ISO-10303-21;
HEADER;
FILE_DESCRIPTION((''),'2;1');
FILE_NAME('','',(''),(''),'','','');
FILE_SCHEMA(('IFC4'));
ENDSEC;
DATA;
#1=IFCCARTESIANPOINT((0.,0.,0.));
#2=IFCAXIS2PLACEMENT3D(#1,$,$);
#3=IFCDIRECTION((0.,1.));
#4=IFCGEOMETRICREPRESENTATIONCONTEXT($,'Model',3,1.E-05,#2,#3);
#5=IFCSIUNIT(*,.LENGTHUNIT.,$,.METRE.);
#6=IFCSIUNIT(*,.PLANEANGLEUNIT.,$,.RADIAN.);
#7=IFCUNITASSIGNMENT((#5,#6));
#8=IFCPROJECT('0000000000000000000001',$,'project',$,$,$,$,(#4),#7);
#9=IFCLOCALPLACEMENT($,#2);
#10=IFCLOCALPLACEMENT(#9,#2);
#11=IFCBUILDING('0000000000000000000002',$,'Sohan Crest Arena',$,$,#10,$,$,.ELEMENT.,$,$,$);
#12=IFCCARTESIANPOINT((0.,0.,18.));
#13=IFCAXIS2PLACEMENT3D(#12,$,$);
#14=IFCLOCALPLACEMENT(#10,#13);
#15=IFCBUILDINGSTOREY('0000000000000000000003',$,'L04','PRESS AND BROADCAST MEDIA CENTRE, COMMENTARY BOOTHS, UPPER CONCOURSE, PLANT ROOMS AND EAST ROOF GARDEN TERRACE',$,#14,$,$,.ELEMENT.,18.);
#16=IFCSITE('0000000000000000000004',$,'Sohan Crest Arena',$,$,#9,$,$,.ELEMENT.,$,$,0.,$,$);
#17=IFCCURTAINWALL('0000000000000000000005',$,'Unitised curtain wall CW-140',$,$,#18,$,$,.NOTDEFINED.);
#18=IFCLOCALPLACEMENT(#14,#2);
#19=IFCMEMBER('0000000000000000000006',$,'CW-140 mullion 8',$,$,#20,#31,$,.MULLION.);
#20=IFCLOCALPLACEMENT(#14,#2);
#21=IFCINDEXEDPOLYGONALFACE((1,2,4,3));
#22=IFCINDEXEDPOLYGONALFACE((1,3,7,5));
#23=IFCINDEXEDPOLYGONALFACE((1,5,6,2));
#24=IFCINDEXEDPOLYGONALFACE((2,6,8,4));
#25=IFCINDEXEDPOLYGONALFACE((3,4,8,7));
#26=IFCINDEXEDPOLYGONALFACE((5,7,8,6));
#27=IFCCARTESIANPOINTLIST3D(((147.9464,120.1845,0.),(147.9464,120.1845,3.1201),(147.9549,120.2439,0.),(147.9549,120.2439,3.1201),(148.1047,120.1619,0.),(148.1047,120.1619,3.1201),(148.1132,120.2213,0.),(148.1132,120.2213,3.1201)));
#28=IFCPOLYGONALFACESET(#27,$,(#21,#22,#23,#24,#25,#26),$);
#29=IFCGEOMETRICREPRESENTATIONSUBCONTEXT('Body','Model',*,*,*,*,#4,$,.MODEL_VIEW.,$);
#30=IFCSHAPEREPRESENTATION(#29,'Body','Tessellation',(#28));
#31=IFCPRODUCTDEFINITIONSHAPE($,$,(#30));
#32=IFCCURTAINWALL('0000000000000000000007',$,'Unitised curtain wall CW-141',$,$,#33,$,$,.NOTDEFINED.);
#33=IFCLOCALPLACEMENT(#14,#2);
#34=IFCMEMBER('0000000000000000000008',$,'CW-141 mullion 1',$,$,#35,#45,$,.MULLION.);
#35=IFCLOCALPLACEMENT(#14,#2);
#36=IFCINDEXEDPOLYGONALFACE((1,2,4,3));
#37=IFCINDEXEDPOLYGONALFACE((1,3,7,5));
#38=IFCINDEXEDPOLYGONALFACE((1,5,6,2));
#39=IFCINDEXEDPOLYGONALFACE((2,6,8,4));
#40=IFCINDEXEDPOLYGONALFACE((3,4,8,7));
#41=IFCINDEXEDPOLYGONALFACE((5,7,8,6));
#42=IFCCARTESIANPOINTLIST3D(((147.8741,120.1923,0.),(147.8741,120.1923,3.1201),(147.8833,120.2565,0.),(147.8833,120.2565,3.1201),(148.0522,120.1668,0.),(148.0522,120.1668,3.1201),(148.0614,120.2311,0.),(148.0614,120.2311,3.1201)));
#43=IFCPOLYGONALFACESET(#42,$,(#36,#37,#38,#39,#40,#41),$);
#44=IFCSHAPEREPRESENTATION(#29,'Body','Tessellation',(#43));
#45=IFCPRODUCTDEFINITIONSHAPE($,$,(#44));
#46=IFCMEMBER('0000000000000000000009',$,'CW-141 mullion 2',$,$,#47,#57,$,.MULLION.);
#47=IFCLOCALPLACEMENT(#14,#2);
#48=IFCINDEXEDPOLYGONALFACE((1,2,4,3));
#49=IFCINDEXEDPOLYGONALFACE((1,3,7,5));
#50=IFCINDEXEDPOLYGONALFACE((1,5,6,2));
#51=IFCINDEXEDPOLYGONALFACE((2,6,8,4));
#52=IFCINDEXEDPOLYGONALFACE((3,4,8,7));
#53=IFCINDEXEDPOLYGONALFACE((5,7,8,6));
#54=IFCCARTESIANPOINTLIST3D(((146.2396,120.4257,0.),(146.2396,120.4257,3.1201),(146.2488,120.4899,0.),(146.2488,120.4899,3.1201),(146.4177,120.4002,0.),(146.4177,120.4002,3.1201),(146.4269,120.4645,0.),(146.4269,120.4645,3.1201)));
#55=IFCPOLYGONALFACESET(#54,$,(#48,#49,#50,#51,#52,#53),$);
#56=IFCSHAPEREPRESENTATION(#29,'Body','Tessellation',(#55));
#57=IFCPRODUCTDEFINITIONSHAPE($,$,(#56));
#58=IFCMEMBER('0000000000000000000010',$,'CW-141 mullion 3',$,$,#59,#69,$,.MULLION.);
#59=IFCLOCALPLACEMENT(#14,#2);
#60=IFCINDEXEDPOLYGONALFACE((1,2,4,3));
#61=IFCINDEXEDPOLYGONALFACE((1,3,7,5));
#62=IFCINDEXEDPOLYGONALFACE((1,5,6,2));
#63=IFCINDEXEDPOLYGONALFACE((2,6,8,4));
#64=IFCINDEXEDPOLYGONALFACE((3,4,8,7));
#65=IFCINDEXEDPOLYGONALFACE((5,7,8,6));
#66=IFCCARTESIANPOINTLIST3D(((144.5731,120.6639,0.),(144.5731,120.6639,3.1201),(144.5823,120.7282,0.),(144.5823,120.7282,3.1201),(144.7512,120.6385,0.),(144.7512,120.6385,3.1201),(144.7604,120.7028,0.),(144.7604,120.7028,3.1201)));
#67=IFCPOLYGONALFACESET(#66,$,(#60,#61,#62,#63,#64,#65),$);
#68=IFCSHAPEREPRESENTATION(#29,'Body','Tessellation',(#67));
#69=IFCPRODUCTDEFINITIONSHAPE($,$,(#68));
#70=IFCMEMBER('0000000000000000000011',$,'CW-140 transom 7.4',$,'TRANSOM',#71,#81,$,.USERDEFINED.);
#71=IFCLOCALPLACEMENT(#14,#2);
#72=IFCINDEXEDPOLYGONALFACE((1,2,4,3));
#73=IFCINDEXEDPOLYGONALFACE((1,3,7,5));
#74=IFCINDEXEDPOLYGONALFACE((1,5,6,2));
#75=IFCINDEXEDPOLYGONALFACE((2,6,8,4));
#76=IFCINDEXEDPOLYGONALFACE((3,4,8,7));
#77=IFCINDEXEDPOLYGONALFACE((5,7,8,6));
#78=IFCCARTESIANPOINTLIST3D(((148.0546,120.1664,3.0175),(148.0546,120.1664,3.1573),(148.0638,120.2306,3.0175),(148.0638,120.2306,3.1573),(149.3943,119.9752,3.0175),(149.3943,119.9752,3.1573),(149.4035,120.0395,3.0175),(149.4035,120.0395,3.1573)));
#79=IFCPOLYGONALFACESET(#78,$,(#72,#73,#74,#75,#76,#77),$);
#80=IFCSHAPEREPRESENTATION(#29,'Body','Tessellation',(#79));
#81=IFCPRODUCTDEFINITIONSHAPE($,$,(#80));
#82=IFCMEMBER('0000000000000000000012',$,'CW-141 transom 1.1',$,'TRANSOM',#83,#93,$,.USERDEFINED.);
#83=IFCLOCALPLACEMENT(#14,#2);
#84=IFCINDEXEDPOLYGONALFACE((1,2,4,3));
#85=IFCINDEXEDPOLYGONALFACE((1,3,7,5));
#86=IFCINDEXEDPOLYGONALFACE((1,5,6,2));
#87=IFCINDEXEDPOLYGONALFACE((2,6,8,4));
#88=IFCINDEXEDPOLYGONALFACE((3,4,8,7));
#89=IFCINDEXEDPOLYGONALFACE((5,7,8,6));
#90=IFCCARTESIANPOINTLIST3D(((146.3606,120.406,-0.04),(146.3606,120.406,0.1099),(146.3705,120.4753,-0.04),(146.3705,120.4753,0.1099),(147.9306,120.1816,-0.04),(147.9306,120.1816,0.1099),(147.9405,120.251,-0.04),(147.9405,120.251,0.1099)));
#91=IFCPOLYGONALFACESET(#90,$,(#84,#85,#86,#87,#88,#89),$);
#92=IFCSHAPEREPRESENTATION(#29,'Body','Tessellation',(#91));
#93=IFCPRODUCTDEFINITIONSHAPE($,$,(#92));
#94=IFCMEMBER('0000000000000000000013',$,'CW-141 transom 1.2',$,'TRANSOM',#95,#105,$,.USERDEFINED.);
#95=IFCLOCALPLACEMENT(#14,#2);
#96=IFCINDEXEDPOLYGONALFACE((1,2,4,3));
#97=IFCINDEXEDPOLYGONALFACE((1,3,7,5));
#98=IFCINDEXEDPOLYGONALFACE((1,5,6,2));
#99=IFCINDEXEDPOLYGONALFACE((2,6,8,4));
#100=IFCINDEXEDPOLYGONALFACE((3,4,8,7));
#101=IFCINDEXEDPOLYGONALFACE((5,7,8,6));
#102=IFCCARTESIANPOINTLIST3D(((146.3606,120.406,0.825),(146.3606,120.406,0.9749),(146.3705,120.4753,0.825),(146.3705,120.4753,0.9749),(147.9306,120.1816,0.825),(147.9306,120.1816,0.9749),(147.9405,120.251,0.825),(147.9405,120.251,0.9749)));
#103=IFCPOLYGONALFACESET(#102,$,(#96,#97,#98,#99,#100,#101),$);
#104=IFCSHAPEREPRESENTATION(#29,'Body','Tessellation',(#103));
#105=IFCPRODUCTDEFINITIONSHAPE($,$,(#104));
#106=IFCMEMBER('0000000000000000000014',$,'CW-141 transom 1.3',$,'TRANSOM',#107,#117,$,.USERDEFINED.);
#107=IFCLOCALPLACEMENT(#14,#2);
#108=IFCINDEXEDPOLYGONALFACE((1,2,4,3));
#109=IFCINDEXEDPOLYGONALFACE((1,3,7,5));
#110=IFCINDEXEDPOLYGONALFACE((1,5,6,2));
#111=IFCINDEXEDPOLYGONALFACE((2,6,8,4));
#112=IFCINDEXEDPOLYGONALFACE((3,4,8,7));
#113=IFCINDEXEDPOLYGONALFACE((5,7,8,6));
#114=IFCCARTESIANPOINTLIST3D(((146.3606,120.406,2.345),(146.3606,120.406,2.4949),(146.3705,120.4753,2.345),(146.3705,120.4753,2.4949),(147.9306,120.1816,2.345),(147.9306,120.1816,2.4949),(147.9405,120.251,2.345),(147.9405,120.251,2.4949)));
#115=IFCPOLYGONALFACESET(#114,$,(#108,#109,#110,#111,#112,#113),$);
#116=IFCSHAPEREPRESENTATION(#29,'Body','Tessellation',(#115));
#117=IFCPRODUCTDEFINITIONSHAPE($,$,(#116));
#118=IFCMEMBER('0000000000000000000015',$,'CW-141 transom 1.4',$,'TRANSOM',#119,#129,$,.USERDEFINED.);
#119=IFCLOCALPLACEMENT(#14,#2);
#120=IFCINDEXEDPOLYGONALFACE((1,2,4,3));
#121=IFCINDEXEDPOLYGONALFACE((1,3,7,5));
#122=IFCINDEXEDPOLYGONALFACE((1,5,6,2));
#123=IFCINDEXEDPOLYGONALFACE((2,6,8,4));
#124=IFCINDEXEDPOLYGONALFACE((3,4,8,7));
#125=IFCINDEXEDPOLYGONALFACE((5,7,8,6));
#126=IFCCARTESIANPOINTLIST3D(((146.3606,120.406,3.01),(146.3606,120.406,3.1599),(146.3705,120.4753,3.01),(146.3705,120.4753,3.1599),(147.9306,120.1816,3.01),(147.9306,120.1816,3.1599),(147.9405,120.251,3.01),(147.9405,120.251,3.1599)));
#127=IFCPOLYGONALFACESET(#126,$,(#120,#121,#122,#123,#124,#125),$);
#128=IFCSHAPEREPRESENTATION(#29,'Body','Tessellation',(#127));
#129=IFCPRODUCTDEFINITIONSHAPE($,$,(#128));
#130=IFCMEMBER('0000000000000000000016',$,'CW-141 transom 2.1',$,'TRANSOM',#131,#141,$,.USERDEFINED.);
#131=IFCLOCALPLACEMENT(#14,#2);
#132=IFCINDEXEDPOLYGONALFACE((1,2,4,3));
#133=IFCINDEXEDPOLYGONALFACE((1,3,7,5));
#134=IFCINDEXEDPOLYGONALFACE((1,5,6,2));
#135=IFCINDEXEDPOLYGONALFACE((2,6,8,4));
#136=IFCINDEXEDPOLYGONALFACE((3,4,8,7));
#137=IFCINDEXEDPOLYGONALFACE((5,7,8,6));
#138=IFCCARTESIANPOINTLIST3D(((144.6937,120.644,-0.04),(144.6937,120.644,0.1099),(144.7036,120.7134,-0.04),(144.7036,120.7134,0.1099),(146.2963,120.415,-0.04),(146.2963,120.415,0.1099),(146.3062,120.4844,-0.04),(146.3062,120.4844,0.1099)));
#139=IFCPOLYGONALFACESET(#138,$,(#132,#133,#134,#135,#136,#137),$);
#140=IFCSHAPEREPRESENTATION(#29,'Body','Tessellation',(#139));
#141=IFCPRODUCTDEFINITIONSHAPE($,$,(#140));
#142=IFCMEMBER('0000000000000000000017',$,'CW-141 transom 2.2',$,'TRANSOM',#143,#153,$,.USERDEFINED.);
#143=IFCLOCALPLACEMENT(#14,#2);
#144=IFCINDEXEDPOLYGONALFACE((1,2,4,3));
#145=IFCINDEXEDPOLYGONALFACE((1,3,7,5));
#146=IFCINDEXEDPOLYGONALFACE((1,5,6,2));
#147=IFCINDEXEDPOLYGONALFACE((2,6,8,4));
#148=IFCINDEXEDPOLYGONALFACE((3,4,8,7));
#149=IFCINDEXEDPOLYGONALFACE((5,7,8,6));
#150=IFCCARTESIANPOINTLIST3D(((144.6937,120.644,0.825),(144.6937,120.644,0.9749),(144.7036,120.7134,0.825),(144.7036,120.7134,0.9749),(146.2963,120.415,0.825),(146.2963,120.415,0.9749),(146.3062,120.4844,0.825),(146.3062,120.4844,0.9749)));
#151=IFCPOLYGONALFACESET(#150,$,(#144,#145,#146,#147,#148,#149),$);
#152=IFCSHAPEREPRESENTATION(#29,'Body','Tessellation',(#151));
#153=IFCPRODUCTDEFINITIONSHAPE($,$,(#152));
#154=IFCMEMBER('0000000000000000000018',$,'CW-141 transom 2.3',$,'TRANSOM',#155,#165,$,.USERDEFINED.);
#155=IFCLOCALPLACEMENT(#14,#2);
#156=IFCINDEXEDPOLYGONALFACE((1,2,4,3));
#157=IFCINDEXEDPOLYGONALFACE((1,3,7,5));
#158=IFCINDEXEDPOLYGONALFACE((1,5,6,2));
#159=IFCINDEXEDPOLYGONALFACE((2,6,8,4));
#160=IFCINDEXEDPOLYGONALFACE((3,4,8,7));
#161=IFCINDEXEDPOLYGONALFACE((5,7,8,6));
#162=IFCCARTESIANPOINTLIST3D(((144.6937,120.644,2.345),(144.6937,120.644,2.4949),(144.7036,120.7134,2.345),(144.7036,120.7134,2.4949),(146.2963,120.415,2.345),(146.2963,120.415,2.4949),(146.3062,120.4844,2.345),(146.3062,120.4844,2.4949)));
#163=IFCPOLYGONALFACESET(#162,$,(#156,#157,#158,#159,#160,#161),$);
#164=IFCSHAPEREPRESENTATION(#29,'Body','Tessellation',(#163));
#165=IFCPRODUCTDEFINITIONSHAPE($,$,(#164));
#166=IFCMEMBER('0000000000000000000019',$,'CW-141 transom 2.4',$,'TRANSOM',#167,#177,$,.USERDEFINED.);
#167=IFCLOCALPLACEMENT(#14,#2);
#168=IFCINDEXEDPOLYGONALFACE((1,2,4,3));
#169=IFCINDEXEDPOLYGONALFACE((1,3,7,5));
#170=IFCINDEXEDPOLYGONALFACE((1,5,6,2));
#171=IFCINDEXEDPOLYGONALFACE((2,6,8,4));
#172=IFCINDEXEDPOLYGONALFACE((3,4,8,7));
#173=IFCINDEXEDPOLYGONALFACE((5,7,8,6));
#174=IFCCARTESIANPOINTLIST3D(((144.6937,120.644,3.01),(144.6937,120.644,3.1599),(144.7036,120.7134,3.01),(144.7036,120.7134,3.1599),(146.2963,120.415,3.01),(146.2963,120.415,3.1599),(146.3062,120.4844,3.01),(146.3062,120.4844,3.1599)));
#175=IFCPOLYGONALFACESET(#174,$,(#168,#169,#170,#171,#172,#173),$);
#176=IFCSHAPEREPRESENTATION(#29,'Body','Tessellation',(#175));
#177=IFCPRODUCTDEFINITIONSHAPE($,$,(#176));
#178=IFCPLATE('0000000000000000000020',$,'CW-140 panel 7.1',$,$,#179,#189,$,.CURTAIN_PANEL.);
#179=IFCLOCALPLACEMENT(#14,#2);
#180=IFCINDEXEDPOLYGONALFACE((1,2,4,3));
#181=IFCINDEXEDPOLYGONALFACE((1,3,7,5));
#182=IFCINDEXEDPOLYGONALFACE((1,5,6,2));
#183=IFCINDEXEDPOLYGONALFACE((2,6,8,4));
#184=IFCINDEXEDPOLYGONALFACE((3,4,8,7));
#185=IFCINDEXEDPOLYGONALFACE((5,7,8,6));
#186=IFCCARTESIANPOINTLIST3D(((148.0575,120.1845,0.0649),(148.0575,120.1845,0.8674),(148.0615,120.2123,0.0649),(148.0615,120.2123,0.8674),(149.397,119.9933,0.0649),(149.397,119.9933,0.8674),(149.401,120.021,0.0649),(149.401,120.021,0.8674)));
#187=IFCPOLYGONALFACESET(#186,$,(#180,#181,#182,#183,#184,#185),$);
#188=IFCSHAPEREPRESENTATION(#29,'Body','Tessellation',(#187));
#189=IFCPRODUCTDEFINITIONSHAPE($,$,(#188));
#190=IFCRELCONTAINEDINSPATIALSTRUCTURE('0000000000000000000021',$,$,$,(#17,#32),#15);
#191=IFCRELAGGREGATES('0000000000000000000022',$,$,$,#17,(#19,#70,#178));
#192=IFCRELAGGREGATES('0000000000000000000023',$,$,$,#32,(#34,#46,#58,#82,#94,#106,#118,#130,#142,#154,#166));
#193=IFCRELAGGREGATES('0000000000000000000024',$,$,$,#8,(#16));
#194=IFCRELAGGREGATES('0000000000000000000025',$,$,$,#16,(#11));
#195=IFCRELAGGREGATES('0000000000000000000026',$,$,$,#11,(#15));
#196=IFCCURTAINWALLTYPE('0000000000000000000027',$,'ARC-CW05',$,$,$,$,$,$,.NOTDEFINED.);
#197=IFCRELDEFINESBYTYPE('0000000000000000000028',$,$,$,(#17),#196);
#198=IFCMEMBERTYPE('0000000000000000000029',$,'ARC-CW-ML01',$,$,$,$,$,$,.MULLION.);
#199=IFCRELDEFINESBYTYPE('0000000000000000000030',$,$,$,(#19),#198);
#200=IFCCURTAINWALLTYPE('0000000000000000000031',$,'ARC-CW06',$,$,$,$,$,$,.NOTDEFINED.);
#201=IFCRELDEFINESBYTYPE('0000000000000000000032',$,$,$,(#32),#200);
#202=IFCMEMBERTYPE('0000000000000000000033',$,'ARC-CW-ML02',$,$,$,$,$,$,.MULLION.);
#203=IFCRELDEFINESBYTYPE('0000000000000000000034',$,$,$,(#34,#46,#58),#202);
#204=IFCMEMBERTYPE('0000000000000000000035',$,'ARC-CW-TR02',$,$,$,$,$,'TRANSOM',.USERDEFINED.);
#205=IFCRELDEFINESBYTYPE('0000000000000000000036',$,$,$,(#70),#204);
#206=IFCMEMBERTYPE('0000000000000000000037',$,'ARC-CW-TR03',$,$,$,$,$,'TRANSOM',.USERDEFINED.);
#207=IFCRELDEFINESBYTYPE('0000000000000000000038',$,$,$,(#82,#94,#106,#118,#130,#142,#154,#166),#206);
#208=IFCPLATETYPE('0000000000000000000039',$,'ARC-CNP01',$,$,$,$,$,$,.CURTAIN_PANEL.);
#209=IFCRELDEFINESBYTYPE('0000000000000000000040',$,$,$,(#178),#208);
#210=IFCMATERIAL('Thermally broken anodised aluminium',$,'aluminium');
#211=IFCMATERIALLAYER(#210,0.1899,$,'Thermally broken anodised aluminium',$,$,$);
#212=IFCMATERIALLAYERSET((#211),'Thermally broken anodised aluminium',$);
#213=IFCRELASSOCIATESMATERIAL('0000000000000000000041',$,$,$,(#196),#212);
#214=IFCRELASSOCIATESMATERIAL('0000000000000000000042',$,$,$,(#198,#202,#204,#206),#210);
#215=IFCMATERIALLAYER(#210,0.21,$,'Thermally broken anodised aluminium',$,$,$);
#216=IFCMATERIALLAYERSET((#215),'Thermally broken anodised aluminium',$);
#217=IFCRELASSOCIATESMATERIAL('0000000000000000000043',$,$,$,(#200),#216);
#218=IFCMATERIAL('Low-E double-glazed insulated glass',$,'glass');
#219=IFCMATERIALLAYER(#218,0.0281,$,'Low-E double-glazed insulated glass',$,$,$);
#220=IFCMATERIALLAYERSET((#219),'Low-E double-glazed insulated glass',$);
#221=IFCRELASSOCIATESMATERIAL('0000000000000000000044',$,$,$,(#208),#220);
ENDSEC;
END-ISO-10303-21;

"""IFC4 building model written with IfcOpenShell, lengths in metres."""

from ifc_helpers import new_model, si_unit, direction, frame, origin, origin_2d, place, context, subcontext, project, spatial, rectangle, extrude, material, layer, layer_set, material_profile, profile_set, type_object, element, aggregate, save


model = new_model("IFC4")

# Units and contexts
model_context = context("Model", 3, precision=1e-05, world=origin(), true_north=direction((0.0, 1.0)))
body_context = subcontext(model_context, "Body", "Model", "MODEL_VIEW")
ifc_project = project(units=[si_unit("LENGTHUNIT", "METRE"), si_unit("PLANEANGLEUNIT", "RADIAN")], contexts=[model_context])

# Site, building, storey
site_placement = place(None, origin())
site = spatial("IfcSite", under=ifc_project, at=site_placement, Name="Sohan Crest Arena", CompositionType="ELEMENT", RefElevation=0.0)
building_placement = place(site_placement, origin())
building = spatial("IfcBuilding", under=site, at=building_placement, Name="Sohan Crest Arena", CompositionType="ELEMENT")
storey_placement = place(building_placement, frame((0.0, 0.0, 18.0)))
storey = spatial("IfcBuildingStorey", under=building, at=storey_placement, Name="L04", Description="PRESS AND BROADCAST MEDIA CENTRE, COMMENTARY BOOTHS, UPPER CONCOURSE, PLANT ROOMS AND EAST ROOF GARDEN TERRACE", CompositionType="ELEMENT", Elevation=18.0)

# Curtain wall, member
ifc_material_1 = material(Name="Thermally broken anodised aluminium", Category="aluminium")
ifc_layer_1 = layer(ifc_material_1, 0.1899, Name="Thermally broken anodised aluminium")
ifc_layer_set_1 = layer_set([ifc_layer_1], Name="Thermally broken anodised aluminium")
curtain_wall_type_1 = type_object("IfcCurtainWallType", Name="ARC-CW05", PredefinedType="NOTDEFINED", material=ifc_layer_set_1)
curtain_wall_1_placement = place(storey_placement, origin())
curtain_wall_1 = element("IfcCurtainWall", 1, at=curtain_wall_1_placement, inside=storey, type_object=curtain_wall_type_1, Name="Unitised curtain wall CW-140", PredefinedType="NOTDEFINED")
ifc_material_profile_1 = material_profile(ifc_material_1, rectangle(XDim=0.0601, YDim=0.1599, at=origin_2d()), Name="ALU-MULL 60x160")
ifc_profile_set_1 = profile_set([ifc_material_profile_1], Name="Thermally broken anodised aluminium")
member_type_1 = type_object("IfcMemberType", Name="ARC-CW-ML01", PredefinedType="MULLION", material=ifc_profile_set_1)
member_1_placement = place(storey_placement, frame((148.0298, 120.2029, 0.0), z_axis=(0.0, 0.0, 1.0), x_axis=(-0.141366, -0.989957, 0.0)))
member_1 = element("IfcMember", 2, at=member_1_placement, type_object=member_type_1, Name="CW-140 mullion 8", PredefinedType="MULLION", context=body_context, shape_type="SweptSolid", body=[
    extrude(rectangle(XDim=0.0601, YDim=0.1599, at=origin_2d()), origin(), (0.0, 0.0, 1.0), 3.1201),
])

# Curtain wall, members
ifc_layer_2 = layer(ifc_material_1, 0.21, Name="Thermally broken anodised aluminium")
ifc_layer_set_2 = layer_set([ifc_layer_2], Name="Thermally broken anodised aluminium")
curtain_wall_type_2 = type_object("IfcCurtainWallType", Name="ARC-CW06", PredefinedType="NOTDEFINED", material=ifc_layer_set_2)
curtain_wall_2_placement = place(storey_placement, origin())
curtain_wall_2 = element("IfcCurtainWall", 3, at=curtain_wall_2_placement, inside=storey, type_object=curtain_wall_type_2, Name="Unitised curtain wall CW-141", PredefinedType="NOTDEFINED")
ifc_material_profile_2 = material_profile(ifc_material_1, rectangle(XDim=0.0649, YDim=0.1799, at=origin_2d()), Name="ALU-MULL 65x180")
ifc_profile_set_2 = profile_set([ifc_material_profile_2], Name="Thermally broken anodised aluminium")
member_type_2 = type_object("IfcMemberType", Name="ARC-CW-ML02", PredefinedType="MULLION", material=ifc_profile_set_2)
member_2_placement = place(storey_placement, frame((147.9678, 120.2117, 0.0), z_axis=(0.0, 0.0, 1.0), x_axis=(-0.141463, -0.989944, 0.0)))
member_2 = element("IfcMember", 4, at=member_2_placement, type_object=member_type_2, Name="CW-141 mullion 1", PredefinedType="MULLION", context=body_context, shape_type="SweptSolid", body=[
    extrude(rectangle(XDim=0.0649, YDim=0.1799, at=origin_2d()), origin(), (0.0, 0.0, 1.0), 3.1201),
])
member_3_placement = place(storey_placement, frame((146.3333, 120.4451, 0.0), z_axis=(0.0, 0.0, 1.0), x_axis=(-0.141463, -0.989944, 0.0)))
member_3 = element("IfcMember", 5, at=member_3_placement, type_object=member_type_2, Name="CW-141 mullion 2", PredefinedType="MULLION", context=body_context, shape_type="SweptSolid", body=[
    extrude(rectangle(XDim=0.0649, YDim=0.1799, at=origin_2d()), origin(), (0.0, 0.0, 1.0), 3.1201),
])
member_4_placement = place(storey_placement, frame((144.6667, 120.6833, 0.0), z_axis=(0.0, 0.0, 1.0), x_axis=(-0.141463, -0.989944, 0.0)))
member_4 = element("IfcMember", 6, at=member_4_placement, type_object=member_type_2, Name="CW-141 mullion 3", PredefinedType="MULLION", context=body_context, shape_type="SweptSolid", body=[
    extrude(rectangle(XDim=0.0649, YDim=0.1799, at=origin_2d()), origin(), (0.0, 0.0, 1.0), 3.1201),
])

# Members
ifc_material_profile_3 = material_profile(ifc_material_1, rectangle(XDim=0.0649, YDim=0.1399, at=origin_2d()), Name="ALU-TRAN 65x140")
ifc_profile_set_3 = profile_set([ifc_material_profile_3], Name="Thermally broken anodised aluminium")
member_type_3 = type_object("IfcMemberType", Name="ARC-CW-TR02", ElementType="TRANSOM", PredefinedType="USERDEFINED", material=ifc_profile_set_3)
member_5_placement = place(storey_placement, frame((149.3989, 120.0073, 3.0874), z_axis=(-0.989971, 0.14127, 0.0), x_axis=(-0.14127, -0.989971, 0.0)))
member_5 = element("IfcMember", 7, at=member_5_placement, type_object=member_type_3, Name="CW-140 transom 7.4", ObjectType="TRANSOM", PredefinedType="USERDEFINED", context=body_context, shape_type="SweptSolid", body=[
    extrude(rectangle(XDim=0.0649, YDim=0.1399, at=origin_2d()), origin(), (0.0, 0.0, 1.0), 1.3533),
])
ifc_material_profile_4 = material_profile(ifc_material_1, rectangle(XDim=0.0701, YDim=0.1499, at=origin_2d()), Name="ALU-TRAN 70x150")
ifc_profile_set_4 = profile_set([ifc_material_profile_4], Name="Thermally broken anodised aluminium")
member_type_4 = type_object("IfcMemberType", Name="ARC-CW-TR03", ElementType="TRANSOM", PredefinedType="USERDEFINED", material=ifc_profile_set_4)
member_6_placement = place(storey_placement, frame((147.9355, 120.2163, 0.0349), z_axis=(-0.989943, 0.141464, 0.0), x_axis=(-0.141464, -0.989943, 0.0)))
member_6 = element("IfcMember", 8, at=member_6_placement, type_object=member_type_4, Name="CW-141 transom 1.1", ObjectType="TRANSOM", PredefinedType="USERDEFINED", context=body_context, shape_type="SweptSolid", body=[
    extrude(rectangle(XDim=0.0701, YDim=0.1499, at=origin_2d()), origin(), (0.0, 0.0, 1.0), 1.5859),
])
member_7_placement = place(storey_placement, frame((147.9355, 120.2163, 0.8999), z_axis=(-0.989943, 0.141464, 0.0), x_axis=(-0.141464, -0.989943, 0.0)))
member_7 = element("IfcMember", 9, at=member_7_placement, type_object=member_type_4, Name="CW-141 transom 1.2", ObjectType="TRANSOM", PredefinedType="USERDEFINED", context=body_context, shape_type="SweptSolid", body=[
    extrude(rectangle(XDim=0.0701, YDim=0.1499, at=origin_2d()), origin(), (0.0, 0.0, 1.0), 1.5859),
])
member_8_placement = place(storey_placement, frame((147.9355, 120.2163, 2.4199), z_axis=(-0.989943, 0.141464, 0.0), x_axis=(-0.141464, -0.989943, 0.0)))
member_8 = element("IfcMember", 10, at=member_8_placement, type_object=member_type_4, Name="CW-141 transom 1.3", ObjectType="TRANSOM", PredefinedType="USERDEFINED", context=body_context, shape_type="SweptSolid", body=[
    extrude(rectangle(XDim=0.0701, YDim=0.1499, at=origin_2d()), origin(), (0.0, 0.0, 1.0), 1.5859),
])
member_9_placement = place(storey_placement, frame((147.9355, 120.2163, 3.085), z_axis=(-0.989943, 0.141464, 0.0), x_axis=(-0.141464, -0.989943, 0.0)))
member_9 = element("IfcMember", 11, at=member_9_placement, type_object=member_type_4, Name="CW-141 transom 1.4", ObjectType="TRANSOM", PredefinedType="USERDEFINED", context=body_context, shape_type="SweptSolid", body=[
    extrude(rectangle(XDim=0.0701, YDim=0.1499, at=origin_2d()), origin(), (0.0, 0.0, 1.0), 1.5859),
])
member_10_placement = place(storey_placement, frame((146.3013, 120.4497, 0.0349), z_axis=(-0.989943, 0.141464, 0.0), x_axis=(-0.141464, -0.989943, 0.0)))
member_10 = element("IfcMember", 12, at=member_10_placement, type_object=member_type_4, Name="CW-141 transom 2.1", ObjectType="TRANSOM", PredefinedType="USERDEFINED", context=body_context, shape_type="SweptSolid", body=[
    extrude(rectangle(XDim=0.0701, YDim=0.1499, at=origin_2d()), origin(), (0.0, 0.0, 1.0), 1.6189),
])
member_11_placement = place(storey_placement, frame((146.3013, 120.4497, 0.8999), z_axis=(-0.989943, 0.141464, 0.0), x_axis=(-0.141464, -0.989943, 0.0)))
member_11 = element("IfcMember", 13, at=member_11_placement, type_object=member_type_4, Name="CW-141 transom 2.2", ObjectType="TRANSOM", PredefinedType="USERDEFINED", context=body_context, shape_type="SweptSolid", body=[
    extrude(rectangle(XDim=0.0701, YDim=0.1499, at=origin_2d()), origin(), (0.0, 0.0, 1.0), 1.6189),
])
member_12_placement = place(storey_placement, frame((146.3013, 120.4497, 2.4199), z_axis=(-0.989943, 0.141464, 0.0), x_axis=(-0.141464, -0.989943, 0.0)))
member_12 = element("IfcMember", 14, at=member_12_placement, type_object=member_type_4, Name="CW-141 transom 2.3", ObjectType="TRANSOM", PredefinedType="USERDEFINED", context=body_context, shape_type="SweptSolid", body=[
    extrude(rectangle(XDim=0.0701, YDim=0.1499, at=origin_2d()), origin(), (0.0, 0.0, 1.0), 1.6189),
])
member_13_placement = place(storey_placement, frame((146.3013, 120.4497, 3.085), z_axis=(-0.989943, 0.141464, 0.0), x_axis=(-0.141464, -0.989943, 0.0)))
member_13 = element("IfcMember", 15, at=member_13_placement, type_object=member_type_4, Name="CW-141 transom 2.4", ObjectType="TRANSOM", PredefinedType="USERDEFINED", context=body_context, shape_type="SweptSolid", body=[
    extrude(rectangle(XDim=0.0701, YDim=0.1499, at=origin_2d()), origin(), (0.0, 0.0, 1.0), 1.6189),
])

# Plate
ifc_material_2 = material(Name="Low-E double-glazed insulated glass", Category="glass")
ifc_layer_3 = layer(ifc_material_2, 0.0281, Name="Low-E double-glazed insulated glass")
ifc_layer_set_3 = layer_set([ifc_layer_3], Name="Low-E double-glazed insulated glass")
plate_type_1 = type_object("IfcPlateType", Name="ARC-CNP01", PredefinedType="CURTAIN_PANEL", material=ifc_layer_set_3)
plate_1_placement = place(storey_placement, frame((148.7292, 120.1028, 0.0649), z_axis=(0.0, 0.0, 1.0), x_axis=(-0.989957, 0.141366, 0.0)))
plate_1 = element("IfcPlate", 16, at=plate_1_placement, type_object=plate_type_1, Name="CW-140 panel 7.1", PredefinedType="CURTAIN_PANEL", context=body_context, shape_type="SweptSolid", body=[
    extrude(rectangle(XDim=1.353, YDim=0.0281, at=origin_2d()), origin(), (0.0, 0.0, 1.0), 0.8025),
])
aggregate(curtain_wall_1, [member_1, member_5, plate_1])
aggregate(curtain_wall_2, [member_2, member_3, member_4, member_6, member_7, member_8, member_9, member_10, member_11, member_12, member_13])

save(model, "model.ifc")
